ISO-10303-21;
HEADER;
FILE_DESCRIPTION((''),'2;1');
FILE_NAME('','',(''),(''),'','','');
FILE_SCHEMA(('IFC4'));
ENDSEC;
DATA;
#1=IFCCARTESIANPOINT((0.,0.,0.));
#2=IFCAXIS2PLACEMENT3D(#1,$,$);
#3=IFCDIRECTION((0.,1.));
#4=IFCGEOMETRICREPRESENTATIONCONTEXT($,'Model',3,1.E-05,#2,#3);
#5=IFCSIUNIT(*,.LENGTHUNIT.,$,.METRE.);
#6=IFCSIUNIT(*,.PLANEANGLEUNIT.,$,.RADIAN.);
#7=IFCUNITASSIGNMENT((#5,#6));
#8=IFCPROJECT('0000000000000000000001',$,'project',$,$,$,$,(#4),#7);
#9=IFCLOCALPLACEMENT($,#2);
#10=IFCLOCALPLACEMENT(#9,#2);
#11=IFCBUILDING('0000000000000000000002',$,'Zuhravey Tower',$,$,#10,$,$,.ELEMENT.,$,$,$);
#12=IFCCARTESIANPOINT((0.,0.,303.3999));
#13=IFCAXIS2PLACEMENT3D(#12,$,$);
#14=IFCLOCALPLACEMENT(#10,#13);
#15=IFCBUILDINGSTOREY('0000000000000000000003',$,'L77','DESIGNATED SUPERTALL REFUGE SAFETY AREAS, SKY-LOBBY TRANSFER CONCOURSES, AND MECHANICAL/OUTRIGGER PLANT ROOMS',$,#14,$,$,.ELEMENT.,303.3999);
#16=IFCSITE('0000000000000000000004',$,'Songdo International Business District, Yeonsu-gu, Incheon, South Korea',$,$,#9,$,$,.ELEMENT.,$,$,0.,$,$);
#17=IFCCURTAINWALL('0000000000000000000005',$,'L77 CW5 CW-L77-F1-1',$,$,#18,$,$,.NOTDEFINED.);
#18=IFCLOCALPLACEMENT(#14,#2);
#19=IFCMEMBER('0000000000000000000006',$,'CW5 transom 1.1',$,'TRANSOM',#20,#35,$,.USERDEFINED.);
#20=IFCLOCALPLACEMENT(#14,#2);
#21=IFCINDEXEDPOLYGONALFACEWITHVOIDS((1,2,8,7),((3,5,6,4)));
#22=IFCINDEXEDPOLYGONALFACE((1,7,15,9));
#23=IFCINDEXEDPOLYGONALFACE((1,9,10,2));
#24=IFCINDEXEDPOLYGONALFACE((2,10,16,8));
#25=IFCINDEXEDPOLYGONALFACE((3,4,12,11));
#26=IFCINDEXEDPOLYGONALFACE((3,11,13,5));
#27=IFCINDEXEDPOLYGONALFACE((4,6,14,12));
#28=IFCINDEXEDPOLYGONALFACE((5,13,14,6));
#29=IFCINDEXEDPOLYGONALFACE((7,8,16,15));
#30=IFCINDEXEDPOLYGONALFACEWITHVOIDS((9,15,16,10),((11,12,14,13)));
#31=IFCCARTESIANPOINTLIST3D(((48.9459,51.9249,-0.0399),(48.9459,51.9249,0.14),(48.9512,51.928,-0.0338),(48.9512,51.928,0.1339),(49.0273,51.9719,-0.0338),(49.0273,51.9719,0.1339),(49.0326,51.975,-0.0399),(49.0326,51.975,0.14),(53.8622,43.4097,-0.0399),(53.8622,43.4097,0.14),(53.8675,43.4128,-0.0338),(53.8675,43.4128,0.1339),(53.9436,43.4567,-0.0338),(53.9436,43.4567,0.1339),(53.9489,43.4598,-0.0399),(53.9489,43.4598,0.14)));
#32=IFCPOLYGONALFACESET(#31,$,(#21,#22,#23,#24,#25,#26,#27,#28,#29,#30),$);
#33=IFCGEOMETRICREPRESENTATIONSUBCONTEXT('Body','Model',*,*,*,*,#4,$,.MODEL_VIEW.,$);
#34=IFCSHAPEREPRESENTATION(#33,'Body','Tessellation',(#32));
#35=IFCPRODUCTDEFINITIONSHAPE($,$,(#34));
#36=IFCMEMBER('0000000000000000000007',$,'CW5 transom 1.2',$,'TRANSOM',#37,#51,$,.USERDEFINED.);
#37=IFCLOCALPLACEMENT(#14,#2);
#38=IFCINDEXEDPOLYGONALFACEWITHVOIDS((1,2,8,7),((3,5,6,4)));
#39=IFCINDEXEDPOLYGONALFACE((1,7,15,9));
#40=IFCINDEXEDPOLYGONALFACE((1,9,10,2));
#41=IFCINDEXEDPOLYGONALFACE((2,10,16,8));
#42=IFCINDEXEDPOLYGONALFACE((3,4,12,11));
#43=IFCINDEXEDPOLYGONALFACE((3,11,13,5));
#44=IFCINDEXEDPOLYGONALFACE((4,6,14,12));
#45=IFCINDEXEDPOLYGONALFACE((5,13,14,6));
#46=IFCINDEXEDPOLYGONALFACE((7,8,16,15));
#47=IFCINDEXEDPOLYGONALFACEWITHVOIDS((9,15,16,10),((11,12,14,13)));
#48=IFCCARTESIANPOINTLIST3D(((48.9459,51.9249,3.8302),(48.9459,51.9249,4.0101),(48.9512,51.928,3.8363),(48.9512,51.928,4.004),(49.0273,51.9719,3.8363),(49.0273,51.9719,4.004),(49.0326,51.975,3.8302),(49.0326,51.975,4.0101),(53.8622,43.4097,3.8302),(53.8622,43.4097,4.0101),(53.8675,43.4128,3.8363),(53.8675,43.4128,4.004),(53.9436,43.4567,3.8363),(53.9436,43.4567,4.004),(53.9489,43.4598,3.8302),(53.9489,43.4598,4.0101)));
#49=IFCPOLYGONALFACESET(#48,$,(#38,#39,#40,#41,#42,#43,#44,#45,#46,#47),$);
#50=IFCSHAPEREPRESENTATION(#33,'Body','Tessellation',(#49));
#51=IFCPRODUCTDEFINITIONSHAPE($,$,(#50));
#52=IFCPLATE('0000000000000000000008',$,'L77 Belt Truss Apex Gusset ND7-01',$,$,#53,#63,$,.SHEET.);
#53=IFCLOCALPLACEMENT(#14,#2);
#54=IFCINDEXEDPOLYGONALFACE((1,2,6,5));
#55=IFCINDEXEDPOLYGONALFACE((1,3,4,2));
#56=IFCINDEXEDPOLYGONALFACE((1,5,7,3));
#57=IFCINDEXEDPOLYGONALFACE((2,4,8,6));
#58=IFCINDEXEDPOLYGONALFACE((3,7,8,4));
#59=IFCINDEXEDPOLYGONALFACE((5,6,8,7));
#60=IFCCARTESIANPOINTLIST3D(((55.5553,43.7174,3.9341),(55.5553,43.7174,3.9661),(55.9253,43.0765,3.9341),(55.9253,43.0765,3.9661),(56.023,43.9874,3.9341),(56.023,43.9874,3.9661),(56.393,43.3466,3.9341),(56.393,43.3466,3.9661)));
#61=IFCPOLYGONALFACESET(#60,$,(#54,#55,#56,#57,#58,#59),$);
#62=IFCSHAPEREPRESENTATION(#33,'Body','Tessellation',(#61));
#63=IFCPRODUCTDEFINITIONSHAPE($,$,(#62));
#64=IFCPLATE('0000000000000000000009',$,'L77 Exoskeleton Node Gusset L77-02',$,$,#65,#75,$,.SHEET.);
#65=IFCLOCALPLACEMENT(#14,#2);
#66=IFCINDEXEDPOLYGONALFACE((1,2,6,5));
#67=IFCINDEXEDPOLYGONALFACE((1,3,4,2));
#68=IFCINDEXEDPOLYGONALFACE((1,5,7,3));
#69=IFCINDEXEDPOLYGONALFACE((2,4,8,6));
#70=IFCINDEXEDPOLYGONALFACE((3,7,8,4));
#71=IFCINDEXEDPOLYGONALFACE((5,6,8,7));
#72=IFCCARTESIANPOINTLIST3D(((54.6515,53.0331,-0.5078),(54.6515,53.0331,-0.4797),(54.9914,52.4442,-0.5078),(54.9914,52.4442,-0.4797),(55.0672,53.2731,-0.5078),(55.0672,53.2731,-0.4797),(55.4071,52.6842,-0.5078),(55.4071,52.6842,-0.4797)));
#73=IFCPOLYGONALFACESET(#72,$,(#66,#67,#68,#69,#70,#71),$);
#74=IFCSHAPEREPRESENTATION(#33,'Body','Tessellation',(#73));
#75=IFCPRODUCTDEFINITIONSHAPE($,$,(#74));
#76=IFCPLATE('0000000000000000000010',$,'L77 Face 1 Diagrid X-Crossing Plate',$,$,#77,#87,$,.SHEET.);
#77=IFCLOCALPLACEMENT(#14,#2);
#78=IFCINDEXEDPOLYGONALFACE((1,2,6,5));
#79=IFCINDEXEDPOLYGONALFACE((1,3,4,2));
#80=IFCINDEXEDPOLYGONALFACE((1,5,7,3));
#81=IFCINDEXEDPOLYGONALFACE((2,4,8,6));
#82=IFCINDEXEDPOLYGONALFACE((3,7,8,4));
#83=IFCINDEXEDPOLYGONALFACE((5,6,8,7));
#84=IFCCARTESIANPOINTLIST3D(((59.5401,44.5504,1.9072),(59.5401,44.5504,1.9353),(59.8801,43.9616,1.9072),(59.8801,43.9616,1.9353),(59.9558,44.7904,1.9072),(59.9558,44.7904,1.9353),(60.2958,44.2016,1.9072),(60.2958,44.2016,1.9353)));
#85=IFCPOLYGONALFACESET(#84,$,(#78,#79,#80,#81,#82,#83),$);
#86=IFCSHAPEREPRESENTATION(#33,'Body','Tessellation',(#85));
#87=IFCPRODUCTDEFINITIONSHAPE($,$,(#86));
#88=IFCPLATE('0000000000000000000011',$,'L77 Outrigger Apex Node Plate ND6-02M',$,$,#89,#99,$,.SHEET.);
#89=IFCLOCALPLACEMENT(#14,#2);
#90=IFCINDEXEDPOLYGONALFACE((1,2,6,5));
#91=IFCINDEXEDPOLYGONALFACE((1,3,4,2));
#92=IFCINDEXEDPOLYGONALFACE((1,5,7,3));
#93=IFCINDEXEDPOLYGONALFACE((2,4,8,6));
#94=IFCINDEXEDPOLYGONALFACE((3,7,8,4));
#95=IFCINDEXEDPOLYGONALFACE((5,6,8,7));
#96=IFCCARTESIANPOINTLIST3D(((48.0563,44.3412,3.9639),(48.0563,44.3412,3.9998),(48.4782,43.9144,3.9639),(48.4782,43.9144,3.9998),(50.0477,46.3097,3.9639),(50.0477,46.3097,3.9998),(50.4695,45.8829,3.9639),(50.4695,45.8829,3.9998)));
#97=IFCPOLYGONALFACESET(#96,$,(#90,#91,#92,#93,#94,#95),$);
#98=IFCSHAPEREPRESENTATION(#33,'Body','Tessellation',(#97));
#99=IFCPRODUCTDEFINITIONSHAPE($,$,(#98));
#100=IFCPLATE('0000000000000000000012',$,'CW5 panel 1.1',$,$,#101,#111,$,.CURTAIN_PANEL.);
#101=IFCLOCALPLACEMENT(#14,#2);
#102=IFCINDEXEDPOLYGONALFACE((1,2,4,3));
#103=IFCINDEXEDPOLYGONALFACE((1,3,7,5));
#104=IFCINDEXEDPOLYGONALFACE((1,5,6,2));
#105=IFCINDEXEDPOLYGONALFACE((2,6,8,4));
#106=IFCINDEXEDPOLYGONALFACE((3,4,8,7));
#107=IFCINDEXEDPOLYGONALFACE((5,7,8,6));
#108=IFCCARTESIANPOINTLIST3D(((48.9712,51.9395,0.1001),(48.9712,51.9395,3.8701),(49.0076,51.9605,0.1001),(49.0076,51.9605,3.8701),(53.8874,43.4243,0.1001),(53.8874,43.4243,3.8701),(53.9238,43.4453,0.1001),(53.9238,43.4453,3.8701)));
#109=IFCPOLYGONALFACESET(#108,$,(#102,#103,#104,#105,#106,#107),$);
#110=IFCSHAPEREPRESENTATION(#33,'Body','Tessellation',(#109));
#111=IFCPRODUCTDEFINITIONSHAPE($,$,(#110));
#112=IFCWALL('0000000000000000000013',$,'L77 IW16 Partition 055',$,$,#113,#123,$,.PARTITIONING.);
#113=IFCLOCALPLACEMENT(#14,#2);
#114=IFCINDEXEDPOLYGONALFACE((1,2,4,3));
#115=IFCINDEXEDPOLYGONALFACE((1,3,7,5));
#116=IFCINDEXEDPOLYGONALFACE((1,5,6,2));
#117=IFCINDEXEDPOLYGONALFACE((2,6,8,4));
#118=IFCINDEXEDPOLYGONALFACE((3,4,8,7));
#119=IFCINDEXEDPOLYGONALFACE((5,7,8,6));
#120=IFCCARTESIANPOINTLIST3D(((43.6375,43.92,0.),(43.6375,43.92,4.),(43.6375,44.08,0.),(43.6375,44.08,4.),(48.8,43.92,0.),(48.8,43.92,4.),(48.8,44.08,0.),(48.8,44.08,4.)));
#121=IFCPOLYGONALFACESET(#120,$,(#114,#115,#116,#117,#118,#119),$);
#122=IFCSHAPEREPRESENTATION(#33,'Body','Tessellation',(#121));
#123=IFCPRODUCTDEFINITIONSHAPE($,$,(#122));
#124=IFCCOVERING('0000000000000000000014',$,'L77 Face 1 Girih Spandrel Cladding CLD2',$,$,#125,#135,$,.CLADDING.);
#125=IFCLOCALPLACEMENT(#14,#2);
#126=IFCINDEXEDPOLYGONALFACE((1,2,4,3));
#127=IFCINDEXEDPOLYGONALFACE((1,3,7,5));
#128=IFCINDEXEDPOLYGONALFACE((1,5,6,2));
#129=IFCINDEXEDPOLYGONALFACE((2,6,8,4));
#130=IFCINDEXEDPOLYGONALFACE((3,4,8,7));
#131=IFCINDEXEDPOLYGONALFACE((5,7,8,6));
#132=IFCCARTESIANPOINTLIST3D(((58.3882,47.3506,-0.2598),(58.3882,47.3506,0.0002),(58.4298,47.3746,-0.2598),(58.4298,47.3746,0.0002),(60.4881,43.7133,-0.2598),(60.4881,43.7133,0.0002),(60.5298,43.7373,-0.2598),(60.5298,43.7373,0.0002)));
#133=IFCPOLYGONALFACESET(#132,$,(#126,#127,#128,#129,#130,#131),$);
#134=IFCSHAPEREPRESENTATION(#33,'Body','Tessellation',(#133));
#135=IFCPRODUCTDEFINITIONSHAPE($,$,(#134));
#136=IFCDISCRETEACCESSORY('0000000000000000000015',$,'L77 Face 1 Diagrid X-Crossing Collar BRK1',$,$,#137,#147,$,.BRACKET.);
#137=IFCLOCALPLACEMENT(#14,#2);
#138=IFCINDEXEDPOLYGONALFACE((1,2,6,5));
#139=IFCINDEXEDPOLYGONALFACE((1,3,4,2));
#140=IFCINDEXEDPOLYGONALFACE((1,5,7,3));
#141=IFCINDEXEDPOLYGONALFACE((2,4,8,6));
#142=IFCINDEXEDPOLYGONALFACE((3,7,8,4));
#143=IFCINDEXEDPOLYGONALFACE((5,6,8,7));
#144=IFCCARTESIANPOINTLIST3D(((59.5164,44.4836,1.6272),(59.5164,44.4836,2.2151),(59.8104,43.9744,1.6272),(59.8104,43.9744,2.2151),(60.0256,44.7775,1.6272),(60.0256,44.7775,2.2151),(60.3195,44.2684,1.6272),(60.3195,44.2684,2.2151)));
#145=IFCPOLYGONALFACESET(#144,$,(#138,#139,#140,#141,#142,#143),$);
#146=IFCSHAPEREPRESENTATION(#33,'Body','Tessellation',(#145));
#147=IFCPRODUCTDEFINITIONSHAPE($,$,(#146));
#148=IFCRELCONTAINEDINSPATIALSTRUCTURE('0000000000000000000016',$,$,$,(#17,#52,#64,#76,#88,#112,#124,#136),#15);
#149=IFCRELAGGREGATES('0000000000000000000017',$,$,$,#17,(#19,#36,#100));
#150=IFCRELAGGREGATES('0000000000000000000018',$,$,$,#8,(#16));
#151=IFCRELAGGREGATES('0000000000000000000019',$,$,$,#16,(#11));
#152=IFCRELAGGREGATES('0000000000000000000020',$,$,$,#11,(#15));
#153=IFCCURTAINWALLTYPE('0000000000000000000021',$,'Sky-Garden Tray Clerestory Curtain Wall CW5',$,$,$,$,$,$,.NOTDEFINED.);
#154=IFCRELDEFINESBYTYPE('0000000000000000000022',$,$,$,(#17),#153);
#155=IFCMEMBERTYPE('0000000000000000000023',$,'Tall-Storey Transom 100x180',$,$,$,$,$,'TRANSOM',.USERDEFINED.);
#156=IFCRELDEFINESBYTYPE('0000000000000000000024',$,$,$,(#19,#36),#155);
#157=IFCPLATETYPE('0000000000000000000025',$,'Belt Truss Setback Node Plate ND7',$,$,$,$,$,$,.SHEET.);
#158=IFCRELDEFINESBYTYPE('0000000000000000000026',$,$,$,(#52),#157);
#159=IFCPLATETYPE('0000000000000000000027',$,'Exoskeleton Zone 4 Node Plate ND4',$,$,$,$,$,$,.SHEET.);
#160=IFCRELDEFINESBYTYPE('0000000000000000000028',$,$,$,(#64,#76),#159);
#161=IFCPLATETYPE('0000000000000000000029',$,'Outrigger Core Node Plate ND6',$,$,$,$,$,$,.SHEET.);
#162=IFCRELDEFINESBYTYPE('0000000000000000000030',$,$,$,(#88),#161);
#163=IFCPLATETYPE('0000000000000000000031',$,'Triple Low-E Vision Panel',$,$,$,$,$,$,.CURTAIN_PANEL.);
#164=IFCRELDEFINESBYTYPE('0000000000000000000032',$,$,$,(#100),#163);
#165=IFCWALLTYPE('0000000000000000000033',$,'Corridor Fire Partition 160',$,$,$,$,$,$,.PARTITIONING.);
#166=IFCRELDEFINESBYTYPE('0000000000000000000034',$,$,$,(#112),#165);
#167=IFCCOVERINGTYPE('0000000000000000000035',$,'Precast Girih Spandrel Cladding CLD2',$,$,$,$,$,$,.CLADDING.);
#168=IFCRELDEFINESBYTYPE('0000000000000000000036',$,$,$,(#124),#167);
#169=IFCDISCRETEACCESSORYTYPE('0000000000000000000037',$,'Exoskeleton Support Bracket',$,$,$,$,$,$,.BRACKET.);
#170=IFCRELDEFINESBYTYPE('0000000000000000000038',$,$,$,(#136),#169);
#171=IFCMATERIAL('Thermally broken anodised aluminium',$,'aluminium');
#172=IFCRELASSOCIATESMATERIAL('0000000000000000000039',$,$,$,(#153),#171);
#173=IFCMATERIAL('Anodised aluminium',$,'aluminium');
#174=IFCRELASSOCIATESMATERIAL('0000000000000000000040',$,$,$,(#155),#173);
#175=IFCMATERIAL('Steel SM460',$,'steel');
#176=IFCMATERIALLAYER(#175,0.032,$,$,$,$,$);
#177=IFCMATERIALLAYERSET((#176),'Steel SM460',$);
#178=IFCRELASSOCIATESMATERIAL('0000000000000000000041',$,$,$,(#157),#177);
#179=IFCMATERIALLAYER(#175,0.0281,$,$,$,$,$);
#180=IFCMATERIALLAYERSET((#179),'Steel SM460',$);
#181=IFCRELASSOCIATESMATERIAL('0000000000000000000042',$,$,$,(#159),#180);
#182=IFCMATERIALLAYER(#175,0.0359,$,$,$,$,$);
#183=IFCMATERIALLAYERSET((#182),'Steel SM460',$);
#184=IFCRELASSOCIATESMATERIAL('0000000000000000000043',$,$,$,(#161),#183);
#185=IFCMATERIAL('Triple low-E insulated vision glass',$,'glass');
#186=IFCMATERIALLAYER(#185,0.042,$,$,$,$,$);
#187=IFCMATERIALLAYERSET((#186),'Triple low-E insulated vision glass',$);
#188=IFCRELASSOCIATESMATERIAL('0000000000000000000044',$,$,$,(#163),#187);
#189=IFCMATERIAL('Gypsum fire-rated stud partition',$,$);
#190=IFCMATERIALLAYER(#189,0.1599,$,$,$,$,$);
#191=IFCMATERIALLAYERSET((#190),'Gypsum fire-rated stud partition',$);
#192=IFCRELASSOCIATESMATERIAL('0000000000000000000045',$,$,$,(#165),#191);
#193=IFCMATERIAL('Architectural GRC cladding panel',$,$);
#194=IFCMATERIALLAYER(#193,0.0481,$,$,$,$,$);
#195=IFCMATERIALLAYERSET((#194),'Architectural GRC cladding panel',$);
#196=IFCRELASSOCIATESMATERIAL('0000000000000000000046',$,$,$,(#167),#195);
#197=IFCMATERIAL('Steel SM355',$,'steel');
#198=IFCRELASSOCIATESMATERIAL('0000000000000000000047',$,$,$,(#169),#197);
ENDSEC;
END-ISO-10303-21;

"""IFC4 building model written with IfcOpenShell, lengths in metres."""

from ifc_helpers import new_model, si_unit, direction, frame, frame_2d, origin, origin_2d, place, context, subcontext, project, spatial, rectangle, hollow_rectangle, extrude, material, layer, layer_set, material_profile, profile_set, type_object, element, aggregate, save


model = new_model("IFC4")

# Units and contexts
model_context = context("Model", 3, precision=1e-05, world=origin(), true_north=direction((0.0, 1.0)))
body_context = subcontext(model_context, "Body", "Model", "MODEL_VIEW")
ifc_project = project(units=[si_unit("LENGTHUNIT", "METRE"), si_unit("PLANEANGLEUNIT", "RADIAN")], contexts=[model_context])

# Site, building, storey
site_placement = place(None, origin())
site = spatial("IfcSite", under=ifc_project, at=site_placement, Name="Songdo International Business District, Yeonsu-gu, Incheon, South Korea", CompositionType="ELEMENT", RefElevation=0.0)
building_placement = place(site_placement, origin())
building = spatial("IfcBuilding", under=site, at=building_placement, Name="Zuhravey Tower", CompositionType="ELEMENT")
storey_placement = place(building_placement, frame((0.0, 0.0, 303.3999)))
storey = spatial("IfcBuildingStorey", under=building, at=storey_placement, Name="L77", Description="DESIGNATED SUPERTALL REFUGE SAFETY AREAS, SKY-LOBBY TRANSFER CONCOURSES, AND MECHANICAL/OUTRIGGER PLANT ROOMS", CompositionType="ELEMENT", Elevation=303.3999)

# Shared definitions
ifc_material_1 = material(Name="Steel SM355", Category="steel")

# Shared definitions
ifc_material_2 = material(Name="Steel SM460", Category="steel")

# Curtain wall
ifc_material_3 = material(Name="Thermally broken anodised aluminium", Category="aluminium")
curtain_wall_type = type_object("IfcCurtainWallType", Name="Sky-Garden Tray Clerestory Curtain Wall CW5", PredefinedType="NOTDEFINED", material=ifc_material_3)
curtain_wall_placement = place(storey_placement, origin())
curtain_wall = element("IfcCurtainWall", 1, at=curtain_wall_placement, inside=storey, type_object=curtain_wall_type, Name="L77 CW5 CW-L77-F1-1", PredefinedType="NOTDEFINED")
ifc_material_4 = material(Name="Anodised aluminium", Category="aluminium")

# Members
ifc_material_profile_1 = material_profile(ifc_material_4, hollow_rectangle(XDim=0.1001, YDim=0.1799, WallThickness=0.0061, at=origin_2d()), Name="ALU-RHS-100x180x6")
ifc_profile_set_1 = profile_set([ifc_material_profile_1], Name="Anodised aluminium")
member_type_1 = type_object("IfcMemberType", Name="Tall-Storey Transom 100x180", ElementType="TRANSOM", PredefinedType="USERDEFINED", material=ifc_profile_set_1)
member_1_placement = place(storey_placement, frame((48.9893, 51.95, 0.05), z_axis=(0.500003, -0.866023, 0.0), x_axis=(0.866023, 0.500003, 0.0)))
member_1 = element("IfcMember", 2, at=member_1_placement, type_object=member_type_1, Name="CW5 transom 1.1", ObjectType="TRANSOM", PredefinedType="USERDEFINED", context=body_context, shape_type="SweptSolid", body=[
    extrude(hollow_rectangle(XDim=0.1001, YDim=0.1799, WallThickness=0.0061, at=origin_2d()), origin(), (0.0, 0.0, 1.0), 9.8325),
])
member_2_placement = place(storey_placement, frame((48.9893, 51.95, 3.9202), z_axis=(0.500003, -0.866023, 0.0), x_axis=(0.866023, 0.500003, 0.0)))
member_2 = element("IfcMember", 3, at=member_2_placement, type_object=member_type_1, Name="CW5 transom 1.2", ObjectType="TRANSOM", PredefinedType="USERDEFINED", context=body_context, shape_type="SweptSolid", body=[
    extrude(hollow_rectangle(XDim=0.1001, YDim=0.1799, WallThickness=0.0061, at=origin_2d()), origin(), (0.0, 0.0, 1.0), 9.8325),
])

# Plates
ifc_layer_1 = layer(ifc_material_2, 0.032)
ifc_layer_set_1 = layer_set([ifc_layer_1], Name="Steel SM460")
plate_type_1 = type_object("IfcPlateType", Name="Belt Truss Setback Node Plate ND7", PredefinedType="SHEET", material=ifc_layer_set_1)
plate_1_placement = place(storey_placement, frame((55.9741, 43.532, 3.9341), z_axis=(0.0, 0.0, 1.0), x_axis=(-0.5, 0.866025, 0.0)))
element("IfcPlate", 4, at=plate_1_placement, inside=storey, type_object=plate_type_1, Name="L77 Belt Truss Apex Gusset ND7-01", PredefinedType="SHEET", context=body_context, shape_type="SweptSolid", body=[
    extrude(rectangle(XDim=0.74, YDim=0.54, at=origin_2d()), origin(), (0.0, 0.0, 1.0), 0.032),
])
ifc_layer_2 = layer(ifc_material_2, 0.0281)
ifc_layer_set_2 = layer_set([ifc_layer_2], Name="Steel SM460")
plate_type_2 = type_object("IfcPlateType", Name="Exoskeleton Zone 4 Node Plate ND4", PredefinedType="SHEET", material=ifc_layer_set_2)
for number, where, z_axis, x_axis, name in (
    (5, (55.0293, 52.8586, -0.5078), (0.0, 0.0, 1.0), (-0.5, 0.866025, 0.0), "L77 Exoskeleton Node Gusset L77-02"),
    (6, (59.918, 44.376, 1.9072), (0.0, 0.0, 1.0), (-0.5, 0.866025, 0.0), "L77 Face 1 Diagrid X-Crossing Plate"),
):
    element("IfcPlate", number, at=place(storey_placement, frame(where, z_axis=z_axis, x_axis=x_axis)), inside=storey, type_object=plate_type_2, Name=name, PredefinedType="SHEET", context=body_context, shape_type="SweptSolid", body=[
        extrude(rectangle(XDim=0.6799, YDim=0.48, at=origin_2d()), origin(), (0.0, 0.0, 1.0), 0.0281),
    ])
ifc_layer_3 = layer(ifc_material_2, 0.0359)
ifc_layer_set_3 = layer_set([ifc_layer_3], Name="Steel SM460")
plate_type_3 = type_object("IfcPlateType", Name="Outrigger Core Node Plate ND6", PredefinedType="SHEET", material=ifc_layer_set_3)
plate_2_placement = place(storey_placement, frame((49.2629, 45.1121, 3.9639), z_axis=(0.0, 0.0, 1.0), x_axis=(0.711168, 0.703022, 0.0)))
element("IfcPlate", 7, at=plate_2_placement, inside=storey, type_object=plate_type_3, Name="L77 Outrigger Apex Node Plate ND6-02M", PredefinedType="SHEET", context=body_context, shape_type="SweptSolid", body=[
    extrude(rectangle(XDim=2.8, YDim=0.6001, at=origin_2d()), origin(), (0.0, 0.0, 1.0), 0.0359),
])

# Plate
ifc_material_5 = material(Name="Triple low-E insulated vision glass", Category="glass")
ifc_layer_4 = layer(ifc_material_5, 0.042)
ifc_layer_set_4 = layer_set([ifc_layer_4], Name="Triple low-E insulated vision glass")
plate_type_4 = type_object("IfcPlateType", Name="Triple Low-E Vision Panel", PredefinedType="CURTAIN_PANEL", material=ifc_layer_set_4)
plate_3_placement = place(storey_placement, frame((51.4475, 47.6924, 0.1001), z_axis=(0.0, 0.0, 1.0), x_axis=(0.499996, -0.866028, 0.0)))
plate_3 = element("IfcPlate", 8, at=plate_3_placement, type_object=plate_type_4, Name="CW5 panel 1.1", PredefinedType="CURTAIN_PANEL", context=body_context, shape_type="SweptSolid", body=[
    extrude(rectangle(XDim=9.8325, YDim=0.042, at=origin_2d()), origin(), (0.0, 0.0, 1.0), 3.77),
])
aggregate(curtain_wall, [member_1, member_2, plate_3])

# Wall
ifc_material_6 = material(Name="Gypsum fire-rated stud partition")
ifc_layer_5 = layer(ifc_material_6, 0.1599)
ifc_layer_set_5 = layer_set([ifc_layer_5], Name="Gypsum fire-rated stud partition")
wall_type = type_object("IfcWallType", Name="Corridor Fire Partition 160", PredefinedType="PARTITIONING", material=ifc_layer_set_5)
wall_placement = place(storey_placement, frame((48.8, 44.0, 0.0), z_axis=(0.0, 0.0, 1.0), x_axis=(-1.0, 0.0, 0.0)))
element("IfcWall", 9, at=wall_placement, inside=storey, type_object=wall_type, Name="L77 IW16 Partition 055", PredefinedType="PARTITIONING", context=body_context, shape_type="SweptSolid", body=[
    extrude(rectangle(XDim=5.1626, YDim=0.1599, at=frame_2d((2.5813, 0.0))), origin(), (0.0, 0.0, 1.0), 4.0),
])

# Covering
ifc_material_7 = material(Name="Architectural GRC cladding panel")
ifc_layer_6 = layer(ifc_material_7, 0.0481)
ifc_layer_set_6 = layer_set([ifc_layer_6], Name="Architectural GRC cladding panel")
covering_type = type_object("IfcCoveringType", Name="Precast Girih Spandrel Cladding CLD2", PredefinedType="CLADDING", material=ifc_layer_set_6)
covering_placement = place(storey_placement, frame((59.459, 45.5439, -0.2598), z_axis=(0.0, 0.0, 1.0), x_axis=(0.5, -0.866025, 0.0)))
element("IfcCovering", 10, at=covering_placement, inside=storey, type_object=covering_type, Name="L77 Face 1 Girih Spandrel Cladding CLD2", PredefinedType="CLADDING", context=body_context, shape_type="SweptSolid", body=[
    extrude(rectangle(XDim=4.2, YDim=0.0481, at=origin_2d()), origin(), (0.0, 0.0, 1.0), 0.26),
])

# Discrete accessory
discrete_accessory_type = type_object("IfcDiscreteAccessoryType", Name="Exoskeleton Support Bracket", PredefinedType="BRACKET", material=ifc_material_1)
discrete_accessory_placement = place(storey_placement, frame((59.918, 44.376, 1.6272), z_axis=(0.0, 0.0, 1.0), x_axis=(-0.5, 0.866025, 0.0)))
element("IfcDiscreteAccessory", 11, at=discrete_accessory_placement, inside=storey, type_object=discrete_accessory_type, Name="L77 Face 1 Diagrid X-Crossing Collar BRK1", PredefinedType="BRACKET", context=body_context, shape_type="SweptSolid", body=[
    extrude(rectangle(XDim=0.5879, YDim=0.5879, at=origin_2d()), origin(), (0.0, 0.0, 1.0), 0.5879),
])

save(model, "model.ifc")
